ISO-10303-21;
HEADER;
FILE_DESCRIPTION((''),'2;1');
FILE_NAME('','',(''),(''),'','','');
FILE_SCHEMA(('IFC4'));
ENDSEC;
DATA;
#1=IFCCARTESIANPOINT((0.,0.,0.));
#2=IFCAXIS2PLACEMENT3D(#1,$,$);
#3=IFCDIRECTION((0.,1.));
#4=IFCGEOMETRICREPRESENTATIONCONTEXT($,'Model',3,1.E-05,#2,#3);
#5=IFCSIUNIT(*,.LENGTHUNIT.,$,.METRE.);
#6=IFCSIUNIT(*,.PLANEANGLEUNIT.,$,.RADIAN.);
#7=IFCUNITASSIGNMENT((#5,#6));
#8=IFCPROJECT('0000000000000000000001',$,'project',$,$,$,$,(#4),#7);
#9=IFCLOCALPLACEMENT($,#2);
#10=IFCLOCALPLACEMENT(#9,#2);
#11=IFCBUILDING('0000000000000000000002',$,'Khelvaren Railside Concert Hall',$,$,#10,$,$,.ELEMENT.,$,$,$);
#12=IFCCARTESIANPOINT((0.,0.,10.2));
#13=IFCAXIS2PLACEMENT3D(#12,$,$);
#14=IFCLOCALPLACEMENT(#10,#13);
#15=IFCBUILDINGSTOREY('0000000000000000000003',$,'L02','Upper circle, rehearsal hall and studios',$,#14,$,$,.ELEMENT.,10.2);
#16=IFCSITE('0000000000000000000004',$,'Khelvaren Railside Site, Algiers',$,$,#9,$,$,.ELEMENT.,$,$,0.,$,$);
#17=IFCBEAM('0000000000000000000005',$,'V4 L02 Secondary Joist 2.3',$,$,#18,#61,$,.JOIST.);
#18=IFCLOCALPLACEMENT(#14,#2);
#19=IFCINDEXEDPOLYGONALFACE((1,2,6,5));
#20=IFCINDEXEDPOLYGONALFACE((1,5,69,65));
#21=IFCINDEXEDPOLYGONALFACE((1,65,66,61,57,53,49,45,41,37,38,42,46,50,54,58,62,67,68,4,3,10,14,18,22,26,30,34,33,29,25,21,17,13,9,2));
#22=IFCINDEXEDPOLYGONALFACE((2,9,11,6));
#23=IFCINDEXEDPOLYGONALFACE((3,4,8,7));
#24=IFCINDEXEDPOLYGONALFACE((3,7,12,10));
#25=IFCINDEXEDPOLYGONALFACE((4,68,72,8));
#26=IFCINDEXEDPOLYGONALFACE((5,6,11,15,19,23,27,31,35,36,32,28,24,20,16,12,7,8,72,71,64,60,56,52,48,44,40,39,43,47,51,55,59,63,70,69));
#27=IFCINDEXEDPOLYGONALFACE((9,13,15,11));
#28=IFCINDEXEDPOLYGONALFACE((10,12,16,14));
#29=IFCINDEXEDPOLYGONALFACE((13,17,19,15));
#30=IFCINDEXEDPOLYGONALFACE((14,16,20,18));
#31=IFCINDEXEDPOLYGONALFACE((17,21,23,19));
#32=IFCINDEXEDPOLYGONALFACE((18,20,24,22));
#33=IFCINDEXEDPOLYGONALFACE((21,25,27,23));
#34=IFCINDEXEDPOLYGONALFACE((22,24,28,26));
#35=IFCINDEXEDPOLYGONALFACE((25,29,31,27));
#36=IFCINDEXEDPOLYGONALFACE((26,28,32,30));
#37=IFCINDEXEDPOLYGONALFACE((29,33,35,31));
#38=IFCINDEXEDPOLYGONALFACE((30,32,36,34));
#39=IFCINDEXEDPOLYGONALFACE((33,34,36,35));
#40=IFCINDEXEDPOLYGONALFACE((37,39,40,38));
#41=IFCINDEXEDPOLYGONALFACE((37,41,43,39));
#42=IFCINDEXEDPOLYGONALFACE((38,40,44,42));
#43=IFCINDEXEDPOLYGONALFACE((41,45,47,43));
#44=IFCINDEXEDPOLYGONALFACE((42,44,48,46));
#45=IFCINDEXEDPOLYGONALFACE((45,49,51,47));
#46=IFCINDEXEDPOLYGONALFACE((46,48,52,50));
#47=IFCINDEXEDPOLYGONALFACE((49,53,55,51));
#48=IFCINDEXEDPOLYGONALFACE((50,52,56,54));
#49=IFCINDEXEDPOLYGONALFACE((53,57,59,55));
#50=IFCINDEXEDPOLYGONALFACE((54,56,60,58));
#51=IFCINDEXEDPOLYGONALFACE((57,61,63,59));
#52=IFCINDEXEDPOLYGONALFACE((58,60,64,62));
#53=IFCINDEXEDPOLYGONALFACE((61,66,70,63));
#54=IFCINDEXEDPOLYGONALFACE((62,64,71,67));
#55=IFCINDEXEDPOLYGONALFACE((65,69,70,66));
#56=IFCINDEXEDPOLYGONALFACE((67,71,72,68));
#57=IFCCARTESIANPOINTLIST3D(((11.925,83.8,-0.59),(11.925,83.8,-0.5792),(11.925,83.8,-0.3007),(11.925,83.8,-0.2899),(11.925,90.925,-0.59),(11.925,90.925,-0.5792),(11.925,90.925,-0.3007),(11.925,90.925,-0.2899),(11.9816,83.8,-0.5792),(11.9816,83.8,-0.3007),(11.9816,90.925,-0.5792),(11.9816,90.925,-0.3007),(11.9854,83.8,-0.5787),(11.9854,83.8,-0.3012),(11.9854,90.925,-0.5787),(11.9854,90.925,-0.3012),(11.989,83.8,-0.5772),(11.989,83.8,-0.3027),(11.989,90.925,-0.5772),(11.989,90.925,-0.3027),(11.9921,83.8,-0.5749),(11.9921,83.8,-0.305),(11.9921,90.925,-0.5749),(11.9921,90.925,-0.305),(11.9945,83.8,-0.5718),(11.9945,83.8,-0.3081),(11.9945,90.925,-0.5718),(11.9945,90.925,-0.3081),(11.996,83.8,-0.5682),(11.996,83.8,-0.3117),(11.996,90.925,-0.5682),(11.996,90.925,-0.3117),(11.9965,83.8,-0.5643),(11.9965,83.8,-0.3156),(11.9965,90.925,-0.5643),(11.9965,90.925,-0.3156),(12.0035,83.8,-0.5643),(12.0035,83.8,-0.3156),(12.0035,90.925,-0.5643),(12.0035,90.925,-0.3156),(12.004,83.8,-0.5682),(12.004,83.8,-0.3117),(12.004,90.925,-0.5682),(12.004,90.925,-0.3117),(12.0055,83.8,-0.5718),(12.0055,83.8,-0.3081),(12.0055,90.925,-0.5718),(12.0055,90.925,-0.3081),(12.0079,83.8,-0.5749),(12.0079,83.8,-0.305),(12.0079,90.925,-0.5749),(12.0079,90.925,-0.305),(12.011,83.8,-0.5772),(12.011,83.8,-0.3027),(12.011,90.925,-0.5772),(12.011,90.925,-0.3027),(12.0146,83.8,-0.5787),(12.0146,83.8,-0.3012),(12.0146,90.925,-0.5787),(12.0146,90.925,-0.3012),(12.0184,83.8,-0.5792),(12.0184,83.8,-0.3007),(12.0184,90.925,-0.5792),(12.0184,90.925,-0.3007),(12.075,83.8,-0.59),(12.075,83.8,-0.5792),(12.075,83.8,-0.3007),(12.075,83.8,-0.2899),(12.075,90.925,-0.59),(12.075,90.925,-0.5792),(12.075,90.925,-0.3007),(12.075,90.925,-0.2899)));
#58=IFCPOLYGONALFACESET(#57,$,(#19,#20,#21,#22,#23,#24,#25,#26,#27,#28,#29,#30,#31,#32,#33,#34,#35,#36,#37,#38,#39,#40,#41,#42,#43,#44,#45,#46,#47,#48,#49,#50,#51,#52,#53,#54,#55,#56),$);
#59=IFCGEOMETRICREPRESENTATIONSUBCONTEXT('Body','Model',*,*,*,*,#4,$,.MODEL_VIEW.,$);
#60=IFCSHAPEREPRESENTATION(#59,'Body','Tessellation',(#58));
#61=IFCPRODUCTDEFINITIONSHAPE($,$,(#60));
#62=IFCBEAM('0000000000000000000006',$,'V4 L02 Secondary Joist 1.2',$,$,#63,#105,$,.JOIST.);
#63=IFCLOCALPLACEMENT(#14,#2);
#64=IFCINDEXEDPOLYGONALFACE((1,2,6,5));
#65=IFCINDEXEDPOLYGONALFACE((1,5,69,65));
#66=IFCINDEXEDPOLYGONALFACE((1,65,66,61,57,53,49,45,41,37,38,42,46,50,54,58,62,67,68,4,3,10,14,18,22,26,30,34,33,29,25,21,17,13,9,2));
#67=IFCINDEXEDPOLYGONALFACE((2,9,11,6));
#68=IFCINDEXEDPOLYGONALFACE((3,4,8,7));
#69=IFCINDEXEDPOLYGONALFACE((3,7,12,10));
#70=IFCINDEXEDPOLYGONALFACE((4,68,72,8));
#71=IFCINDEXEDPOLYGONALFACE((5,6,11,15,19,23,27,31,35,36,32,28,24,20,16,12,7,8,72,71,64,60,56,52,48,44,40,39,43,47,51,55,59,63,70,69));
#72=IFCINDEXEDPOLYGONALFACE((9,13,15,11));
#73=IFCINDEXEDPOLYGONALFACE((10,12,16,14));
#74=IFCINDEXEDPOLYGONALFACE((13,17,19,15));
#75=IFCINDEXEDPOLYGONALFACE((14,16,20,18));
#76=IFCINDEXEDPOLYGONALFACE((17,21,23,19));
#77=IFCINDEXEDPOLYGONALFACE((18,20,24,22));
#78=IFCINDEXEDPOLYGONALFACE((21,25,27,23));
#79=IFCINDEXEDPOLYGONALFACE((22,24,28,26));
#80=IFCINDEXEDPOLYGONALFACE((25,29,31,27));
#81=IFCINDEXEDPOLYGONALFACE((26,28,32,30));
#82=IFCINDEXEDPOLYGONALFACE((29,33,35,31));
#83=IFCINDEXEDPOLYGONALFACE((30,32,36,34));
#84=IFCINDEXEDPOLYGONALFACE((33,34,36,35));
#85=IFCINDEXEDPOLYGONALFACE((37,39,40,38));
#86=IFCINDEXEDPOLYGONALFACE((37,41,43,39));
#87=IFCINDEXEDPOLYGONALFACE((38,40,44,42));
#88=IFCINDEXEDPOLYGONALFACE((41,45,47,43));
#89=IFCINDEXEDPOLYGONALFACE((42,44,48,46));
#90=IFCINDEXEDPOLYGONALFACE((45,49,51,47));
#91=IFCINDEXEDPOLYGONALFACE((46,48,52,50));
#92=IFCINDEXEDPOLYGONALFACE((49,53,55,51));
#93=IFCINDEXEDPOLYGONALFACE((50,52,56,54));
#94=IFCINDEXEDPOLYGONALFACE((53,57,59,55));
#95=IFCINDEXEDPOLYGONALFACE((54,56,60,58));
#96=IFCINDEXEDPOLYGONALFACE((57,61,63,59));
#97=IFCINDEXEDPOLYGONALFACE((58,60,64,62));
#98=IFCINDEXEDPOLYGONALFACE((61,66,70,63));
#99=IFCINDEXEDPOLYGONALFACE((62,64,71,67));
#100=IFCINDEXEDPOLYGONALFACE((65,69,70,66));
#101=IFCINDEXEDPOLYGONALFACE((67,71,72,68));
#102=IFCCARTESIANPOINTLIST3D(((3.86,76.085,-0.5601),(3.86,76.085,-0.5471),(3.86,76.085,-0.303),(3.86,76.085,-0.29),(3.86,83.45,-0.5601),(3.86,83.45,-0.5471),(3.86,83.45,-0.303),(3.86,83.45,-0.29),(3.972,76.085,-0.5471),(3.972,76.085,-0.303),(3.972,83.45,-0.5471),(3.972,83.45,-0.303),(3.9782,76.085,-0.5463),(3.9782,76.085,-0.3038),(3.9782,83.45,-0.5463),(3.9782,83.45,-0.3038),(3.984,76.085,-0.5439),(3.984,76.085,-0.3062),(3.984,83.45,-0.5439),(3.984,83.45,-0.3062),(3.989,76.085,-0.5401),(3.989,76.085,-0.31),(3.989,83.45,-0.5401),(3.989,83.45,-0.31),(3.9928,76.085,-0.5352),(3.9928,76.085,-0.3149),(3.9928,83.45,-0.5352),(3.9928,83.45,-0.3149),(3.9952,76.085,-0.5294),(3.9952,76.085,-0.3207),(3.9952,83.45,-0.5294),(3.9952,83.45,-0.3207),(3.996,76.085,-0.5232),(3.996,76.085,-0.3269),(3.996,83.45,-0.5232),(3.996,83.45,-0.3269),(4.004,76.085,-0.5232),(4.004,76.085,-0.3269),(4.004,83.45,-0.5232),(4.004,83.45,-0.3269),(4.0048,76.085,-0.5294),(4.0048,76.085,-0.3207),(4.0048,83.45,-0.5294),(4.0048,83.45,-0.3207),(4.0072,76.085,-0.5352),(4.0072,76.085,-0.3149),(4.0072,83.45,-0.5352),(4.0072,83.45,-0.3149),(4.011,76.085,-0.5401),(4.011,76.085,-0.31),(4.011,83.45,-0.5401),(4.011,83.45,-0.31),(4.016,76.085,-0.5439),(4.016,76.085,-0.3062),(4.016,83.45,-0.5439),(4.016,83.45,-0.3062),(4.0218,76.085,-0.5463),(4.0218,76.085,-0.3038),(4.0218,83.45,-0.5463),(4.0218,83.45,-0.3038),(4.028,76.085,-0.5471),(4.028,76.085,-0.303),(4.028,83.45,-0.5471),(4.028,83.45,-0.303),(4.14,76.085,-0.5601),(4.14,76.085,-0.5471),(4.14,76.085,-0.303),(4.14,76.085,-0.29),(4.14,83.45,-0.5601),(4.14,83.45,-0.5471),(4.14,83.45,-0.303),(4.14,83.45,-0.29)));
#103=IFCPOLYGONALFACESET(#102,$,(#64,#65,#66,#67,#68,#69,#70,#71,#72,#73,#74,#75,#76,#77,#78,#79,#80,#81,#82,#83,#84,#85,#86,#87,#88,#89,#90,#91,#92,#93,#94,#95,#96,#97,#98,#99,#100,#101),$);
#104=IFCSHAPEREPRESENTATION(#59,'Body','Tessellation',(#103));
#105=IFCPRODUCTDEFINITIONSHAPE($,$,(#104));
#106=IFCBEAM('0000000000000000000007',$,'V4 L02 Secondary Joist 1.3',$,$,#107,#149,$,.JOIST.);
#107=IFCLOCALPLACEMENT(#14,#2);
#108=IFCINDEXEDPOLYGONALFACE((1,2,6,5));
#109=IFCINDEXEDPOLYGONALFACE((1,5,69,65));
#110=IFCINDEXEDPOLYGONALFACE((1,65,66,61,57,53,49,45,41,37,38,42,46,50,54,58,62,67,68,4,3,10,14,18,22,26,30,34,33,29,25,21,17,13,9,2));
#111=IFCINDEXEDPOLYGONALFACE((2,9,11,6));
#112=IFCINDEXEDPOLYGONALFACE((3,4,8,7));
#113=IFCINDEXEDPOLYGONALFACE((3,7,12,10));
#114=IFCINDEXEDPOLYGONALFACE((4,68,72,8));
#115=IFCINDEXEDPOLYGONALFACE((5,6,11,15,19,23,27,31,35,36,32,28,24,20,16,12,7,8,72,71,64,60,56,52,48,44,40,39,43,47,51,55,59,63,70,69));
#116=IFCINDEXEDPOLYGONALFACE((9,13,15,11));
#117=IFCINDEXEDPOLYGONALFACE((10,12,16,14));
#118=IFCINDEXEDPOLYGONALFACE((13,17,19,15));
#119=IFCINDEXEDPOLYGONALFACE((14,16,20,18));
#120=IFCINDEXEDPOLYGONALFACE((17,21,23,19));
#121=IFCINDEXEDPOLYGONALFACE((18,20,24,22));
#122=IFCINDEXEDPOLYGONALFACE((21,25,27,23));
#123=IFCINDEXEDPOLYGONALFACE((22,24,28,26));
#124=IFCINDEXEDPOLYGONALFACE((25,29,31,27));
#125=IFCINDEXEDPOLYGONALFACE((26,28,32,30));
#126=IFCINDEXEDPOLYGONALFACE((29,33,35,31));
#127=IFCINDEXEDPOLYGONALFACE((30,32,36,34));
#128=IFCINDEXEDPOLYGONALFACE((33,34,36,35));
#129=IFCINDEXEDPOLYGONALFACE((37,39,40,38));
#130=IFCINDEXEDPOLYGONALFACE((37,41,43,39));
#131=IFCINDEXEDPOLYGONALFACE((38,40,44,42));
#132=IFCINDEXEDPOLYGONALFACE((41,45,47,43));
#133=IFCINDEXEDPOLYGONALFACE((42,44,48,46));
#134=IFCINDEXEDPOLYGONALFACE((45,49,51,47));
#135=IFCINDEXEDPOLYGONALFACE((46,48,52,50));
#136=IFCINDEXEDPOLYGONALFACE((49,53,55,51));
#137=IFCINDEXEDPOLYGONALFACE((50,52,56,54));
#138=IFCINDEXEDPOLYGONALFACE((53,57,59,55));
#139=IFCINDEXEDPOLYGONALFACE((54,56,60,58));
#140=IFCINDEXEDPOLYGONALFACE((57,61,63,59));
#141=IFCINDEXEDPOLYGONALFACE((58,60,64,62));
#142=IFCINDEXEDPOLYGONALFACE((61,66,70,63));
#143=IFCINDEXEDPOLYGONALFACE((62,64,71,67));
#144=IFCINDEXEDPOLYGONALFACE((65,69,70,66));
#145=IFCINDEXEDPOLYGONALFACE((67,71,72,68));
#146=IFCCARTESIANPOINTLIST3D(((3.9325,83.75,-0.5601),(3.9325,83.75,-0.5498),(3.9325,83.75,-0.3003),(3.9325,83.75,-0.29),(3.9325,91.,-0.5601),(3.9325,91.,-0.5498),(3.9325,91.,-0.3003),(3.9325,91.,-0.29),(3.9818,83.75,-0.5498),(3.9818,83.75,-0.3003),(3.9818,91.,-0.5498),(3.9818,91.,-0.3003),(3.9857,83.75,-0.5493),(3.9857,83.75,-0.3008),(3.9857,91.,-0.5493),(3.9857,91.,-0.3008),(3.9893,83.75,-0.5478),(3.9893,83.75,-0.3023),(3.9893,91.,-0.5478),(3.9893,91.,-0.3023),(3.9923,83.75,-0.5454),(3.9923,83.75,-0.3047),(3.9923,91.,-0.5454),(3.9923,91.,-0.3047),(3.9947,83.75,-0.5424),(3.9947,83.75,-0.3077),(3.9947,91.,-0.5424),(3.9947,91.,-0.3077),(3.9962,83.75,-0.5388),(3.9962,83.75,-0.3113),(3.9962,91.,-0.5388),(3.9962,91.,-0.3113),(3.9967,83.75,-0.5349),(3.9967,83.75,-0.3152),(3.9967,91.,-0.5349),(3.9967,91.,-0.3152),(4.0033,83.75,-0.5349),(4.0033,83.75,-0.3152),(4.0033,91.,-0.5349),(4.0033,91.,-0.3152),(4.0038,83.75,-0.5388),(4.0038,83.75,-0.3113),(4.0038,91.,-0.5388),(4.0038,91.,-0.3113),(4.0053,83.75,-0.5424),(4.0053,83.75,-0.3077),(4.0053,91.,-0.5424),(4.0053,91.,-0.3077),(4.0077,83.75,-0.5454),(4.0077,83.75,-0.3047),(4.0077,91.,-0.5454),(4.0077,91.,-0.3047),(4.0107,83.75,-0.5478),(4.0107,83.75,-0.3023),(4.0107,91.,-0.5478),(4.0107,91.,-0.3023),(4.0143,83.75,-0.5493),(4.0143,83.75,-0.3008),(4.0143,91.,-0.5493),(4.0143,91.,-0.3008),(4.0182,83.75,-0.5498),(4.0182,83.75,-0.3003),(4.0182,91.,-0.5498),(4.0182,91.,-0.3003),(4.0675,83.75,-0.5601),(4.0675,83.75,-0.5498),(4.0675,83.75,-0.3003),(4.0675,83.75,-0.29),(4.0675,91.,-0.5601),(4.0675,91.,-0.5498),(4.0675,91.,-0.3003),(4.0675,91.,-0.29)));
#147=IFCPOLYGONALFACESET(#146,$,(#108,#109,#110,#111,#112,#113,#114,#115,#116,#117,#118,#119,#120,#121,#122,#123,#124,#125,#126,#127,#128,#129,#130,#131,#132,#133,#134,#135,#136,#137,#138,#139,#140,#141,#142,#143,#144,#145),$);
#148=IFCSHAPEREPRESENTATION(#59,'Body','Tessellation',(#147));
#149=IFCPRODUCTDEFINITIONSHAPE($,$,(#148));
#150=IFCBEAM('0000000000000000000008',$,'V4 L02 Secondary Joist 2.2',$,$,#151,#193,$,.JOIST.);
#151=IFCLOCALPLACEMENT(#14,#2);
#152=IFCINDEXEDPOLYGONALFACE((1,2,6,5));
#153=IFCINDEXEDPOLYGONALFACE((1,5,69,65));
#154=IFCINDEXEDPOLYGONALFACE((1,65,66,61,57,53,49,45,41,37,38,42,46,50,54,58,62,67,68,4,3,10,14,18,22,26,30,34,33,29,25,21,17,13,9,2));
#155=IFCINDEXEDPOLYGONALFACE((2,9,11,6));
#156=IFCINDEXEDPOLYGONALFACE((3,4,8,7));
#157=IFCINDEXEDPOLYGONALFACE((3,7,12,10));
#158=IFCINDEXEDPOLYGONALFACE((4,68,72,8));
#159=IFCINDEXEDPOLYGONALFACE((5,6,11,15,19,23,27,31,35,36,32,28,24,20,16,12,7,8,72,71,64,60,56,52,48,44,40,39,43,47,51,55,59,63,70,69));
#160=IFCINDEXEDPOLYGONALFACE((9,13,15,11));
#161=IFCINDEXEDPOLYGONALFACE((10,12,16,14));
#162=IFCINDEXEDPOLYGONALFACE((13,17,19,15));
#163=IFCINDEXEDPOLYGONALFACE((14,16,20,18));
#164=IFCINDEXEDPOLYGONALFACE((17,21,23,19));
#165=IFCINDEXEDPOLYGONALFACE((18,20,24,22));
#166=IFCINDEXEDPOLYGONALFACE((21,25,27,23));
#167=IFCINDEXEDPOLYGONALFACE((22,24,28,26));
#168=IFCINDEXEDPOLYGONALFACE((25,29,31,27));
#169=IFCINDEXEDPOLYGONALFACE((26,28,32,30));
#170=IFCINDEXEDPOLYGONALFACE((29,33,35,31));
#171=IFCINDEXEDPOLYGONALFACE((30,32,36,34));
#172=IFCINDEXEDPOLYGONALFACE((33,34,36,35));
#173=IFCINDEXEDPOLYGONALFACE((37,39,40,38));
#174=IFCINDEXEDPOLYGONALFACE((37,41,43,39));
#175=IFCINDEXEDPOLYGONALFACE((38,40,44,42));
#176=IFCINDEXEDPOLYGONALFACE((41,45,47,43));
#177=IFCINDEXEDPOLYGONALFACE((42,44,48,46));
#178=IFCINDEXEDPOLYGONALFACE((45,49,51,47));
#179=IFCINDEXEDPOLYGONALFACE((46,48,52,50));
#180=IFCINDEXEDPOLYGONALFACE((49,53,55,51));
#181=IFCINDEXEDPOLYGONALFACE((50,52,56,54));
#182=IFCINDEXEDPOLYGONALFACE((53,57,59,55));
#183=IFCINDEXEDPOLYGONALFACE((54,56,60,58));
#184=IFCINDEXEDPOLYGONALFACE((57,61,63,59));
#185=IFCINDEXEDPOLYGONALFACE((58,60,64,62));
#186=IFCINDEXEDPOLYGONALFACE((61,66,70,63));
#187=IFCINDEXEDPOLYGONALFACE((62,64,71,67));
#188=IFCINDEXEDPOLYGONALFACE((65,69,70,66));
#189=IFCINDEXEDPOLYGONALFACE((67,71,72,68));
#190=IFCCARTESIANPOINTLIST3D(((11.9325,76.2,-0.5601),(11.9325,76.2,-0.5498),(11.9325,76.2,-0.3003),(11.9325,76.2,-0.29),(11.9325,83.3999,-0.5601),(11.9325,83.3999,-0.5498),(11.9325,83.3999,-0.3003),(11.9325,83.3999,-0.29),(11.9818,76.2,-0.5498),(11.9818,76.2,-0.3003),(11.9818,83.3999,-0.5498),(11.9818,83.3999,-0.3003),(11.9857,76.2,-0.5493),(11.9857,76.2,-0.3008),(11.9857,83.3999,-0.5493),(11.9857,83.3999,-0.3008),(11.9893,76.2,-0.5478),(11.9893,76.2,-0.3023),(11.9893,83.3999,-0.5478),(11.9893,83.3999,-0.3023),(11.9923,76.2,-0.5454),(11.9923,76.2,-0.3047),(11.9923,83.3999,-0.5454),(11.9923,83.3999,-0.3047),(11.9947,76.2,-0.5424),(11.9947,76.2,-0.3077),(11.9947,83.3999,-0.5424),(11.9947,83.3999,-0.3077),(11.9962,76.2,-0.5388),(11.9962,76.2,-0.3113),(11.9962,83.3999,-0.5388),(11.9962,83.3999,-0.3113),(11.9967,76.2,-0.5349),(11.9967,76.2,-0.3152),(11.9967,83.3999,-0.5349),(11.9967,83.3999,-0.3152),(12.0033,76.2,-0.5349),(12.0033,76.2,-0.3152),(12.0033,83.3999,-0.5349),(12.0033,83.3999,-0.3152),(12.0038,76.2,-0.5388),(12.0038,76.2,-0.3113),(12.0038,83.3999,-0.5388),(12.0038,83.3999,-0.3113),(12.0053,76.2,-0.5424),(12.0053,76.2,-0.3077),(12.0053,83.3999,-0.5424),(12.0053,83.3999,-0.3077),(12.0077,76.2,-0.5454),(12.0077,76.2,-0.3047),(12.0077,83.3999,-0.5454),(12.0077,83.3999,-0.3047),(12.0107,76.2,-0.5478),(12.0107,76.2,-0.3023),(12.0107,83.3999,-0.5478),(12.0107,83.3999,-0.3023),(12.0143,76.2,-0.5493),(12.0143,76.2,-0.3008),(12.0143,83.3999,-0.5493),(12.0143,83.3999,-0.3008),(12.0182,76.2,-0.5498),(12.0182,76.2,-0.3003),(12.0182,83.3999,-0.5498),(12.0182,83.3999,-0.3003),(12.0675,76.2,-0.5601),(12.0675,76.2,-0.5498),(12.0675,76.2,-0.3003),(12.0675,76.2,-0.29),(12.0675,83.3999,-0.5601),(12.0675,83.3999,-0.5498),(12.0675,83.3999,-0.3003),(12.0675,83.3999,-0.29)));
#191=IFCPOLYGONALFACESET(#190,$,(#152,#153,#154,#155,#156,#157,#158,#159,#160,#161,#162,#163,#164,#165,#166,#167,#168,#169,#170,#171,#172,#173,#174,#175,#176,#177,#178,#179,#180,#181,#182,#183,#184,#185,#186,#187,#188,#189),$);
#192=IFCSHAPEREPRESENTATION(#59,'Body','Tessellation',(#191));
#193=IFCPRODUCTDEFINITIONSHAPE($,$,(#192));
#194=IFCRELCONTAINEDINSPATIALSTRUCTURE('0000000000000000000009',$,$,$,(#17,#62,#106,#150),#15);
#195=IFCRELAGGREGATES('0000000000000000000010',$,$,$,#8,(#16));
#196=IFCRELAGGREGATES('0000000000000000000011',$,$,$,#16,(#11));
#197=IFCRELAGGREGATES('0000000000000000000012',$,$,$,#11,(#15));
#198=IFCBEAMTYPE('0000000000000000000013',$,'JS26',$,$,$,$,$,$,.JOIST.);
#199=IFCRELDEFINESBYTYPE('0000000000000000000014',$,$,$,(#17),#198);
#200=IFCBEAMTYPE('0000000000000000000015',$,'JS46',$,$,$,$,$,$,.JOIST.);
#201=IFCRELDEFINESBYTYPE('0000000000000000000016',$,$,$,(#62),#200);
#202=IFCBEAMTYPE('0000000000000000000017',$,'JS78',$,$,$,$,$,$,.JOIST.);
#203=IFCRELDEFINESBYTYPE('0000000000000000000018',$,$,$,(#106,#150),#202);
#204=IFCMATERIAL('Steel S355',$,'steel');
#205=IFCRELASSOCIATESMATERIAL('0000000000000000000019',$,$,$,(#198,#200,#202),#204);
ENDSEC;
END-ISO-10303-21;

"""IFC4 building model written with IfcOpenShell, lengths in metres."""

from ifc_helpers import new_model, si_unit, direction, frame, origin, origin_2d, place, context, subcontext, project, spatial, i_section, extrude, material, material_profile, profile_set, type_object, element, save


model = new_model("IFC4")

# Units and contexts
model_context = context("Model", 3, precision=1e-05, world=origin(), true_north=direction((0.0, 1.0)))
body_context = subcontext(model_context, "Body", "Model", "MODEL_VIEW")
ifc_project = project(units=[si_unit("LENGTHUNIT", "METRE"), si_unit("PLANEANGLEUNIT", "RADIAN")], contexts=[model_context])

# Site, building, storey
site_placement = place(None, origin())
site = spatial("IfcSite", under=ifc_project, at=site_placement, Name="Khelvaren Railside Site, Algiers", CompositionType="ELEMENT", RefElevation=0.0)
building_placement = place(site_placement, origin())
building = spatial("IfcBuilding", under=site, at=building_placement, Name="Khelvaren Railside Concert Hall", CompositionType="ELEMENT")
storey_placement = place(building_placement, frame((0.0, 0.0, 10.2)))
storey = spatial("IfcBuildingStorey", under=building, at=storey_placement, Name="L02", Description="Upper circle, rehearsal hall and studios", CompositionType="ELEMENT", Elevation=10.2)

# Beams
ifc_material_1 = material(Name="Steel S355", Category="steel")
ifc_material_profile_1 = material_profile(ifc_material_1, i_section(OverallWidth=0.1499, OverallDepth=0.3, WebThickness=0.0071, FlangeThickness=0.0107, FilletRadius=0.0149, at=origin_2d()), Name="IPE 300")
ifc_profile_set_1 = profile_set([ifc_material_profile_1], Name="Steel S355")
beam_type_1 = type_object("IfcBeamType", Name="JS26", PredefinedType="JOIST", material=ifc_profile_set_1)
beam_1_placement = place(storey_placement, frame((12.0, 83.8, -0.4399), z_axis=(0.0, 1.0, 0.0), x_axis=(-1.0, 0.0, 0.0)))
element("IfcBeam", 1, at=beam_1_placement, inside=storey, type_object=beam_type_1, Name="V4 L02 Secondary Joist 2.3", PredefinedType="JOIST", context=body_context, shape_type="SweptSolid", body=[
    extrude(i_section(OverallWidth=0.1499, OverallDepth=0.3, WebThickness=0.0071, FlangeThickness=0.0107, FilletRadius=0.0149, at=origin_2d()), origin(), (0.0, 0.0, 1.0), 7.125),
])
ifc_material_profile_2 = material_profile(ifc_material_1, i_section(OverallWidth=0.28, OverallDepth=0.27, WebThickness=0.0081, FlangeThickness=0.0129, FilletRadius=0.0239, at=origin_2d()), Name="HEA 280")
ifc_profile_set_2 = profile_set([ifc_material_profile_2], Name="Steel S355")
beam_type_2 = type_object("IfcBeamType", Name="JS46", PredefinedType="JOIST", material=ifc_profile_set_2)
beam_2_placement = place(storey_placement, frame((4.0, 76.085, -0.425), z_axis=(0.0, 1.0, 0.0), x_axis=(-1.0, 0.0, 0.0)))
element("IfcBeam", 2, at=beam_2_placement, inside=storey, type_object=beam_type_2, Name="V4 L02 Secondary Joist 1.2", PredefinedType="JOIST", context=body_context, shape_type="SweptSolid", body=[
    extrude(i_section(OverallWidth=0.28, OverallDepth=0.27, WebThickness=0.0081, FlangeThickness=0.0129, FilletRadius=0.0239, at=origin_2d()), origin(), (0.0, 0.0, 1.0), 7.365),
])
ifc_material_profile_3 = material_profile(ifc_material_1, i_section(OverallWidth=0.135, OverallDepth=0.27, WebThickness=0.0066, FlangeThickness=0.0103, FilletRadius=0.0149, at=origin_2d()), Name="IPE 270")
ifc_profile_set_3 = profile_set([ifc_material_profile_3], Name="Steel S355")
beam_type_3 = type_object("IfcBeamType", Name="JS78", PredefinedType="JOIST", material=ifc_profile_set_3)
beam_3_placement = place(storey_placement, frame((4.0, 83.75, -0.425), z_axis=(0.0, 1.0, 0.0), x_axis=(-1.0, 0.0, 0.0)))
element("IfcBeam", 3, at=beam_3_placement, inside=storey, type_object=beam_type_3, Name="V4 L02 Secondary Joist 1.3", PredefinedType="JOIST", context=body_context, shape_type="SweptSolid", body=[
    extrude(i_section(OverallWidth=0.135, OverallDepth=0.27, WebThickness=0.0066, FlangeThickness=0.0103, FilletRadius=0.0149, at=origin_2d()), origin(), (0.0, 0.0, 1.0), 7.25),
])
beam_4_placement = place(storey_placement, frame((12.0, 76.2, -0.425), z_axis=(0.0, 1.0, 0.0), x_axis=(-1.0, 0.0, 0.0)))
element("IfcBeam", 4, at=beam_4_placement, inside=storey, type_object=beam_type_3, Name="V4 L02 Secondary Joist 2.2", PredefinedType="JOIST", context=body_context, shape_type="SweptSolid", body=[
    extrude(i_section(OverallWidth=0.135, OverallDepth=0.27, WebThickness=0.0066, FlangeThickness=0.0103, FilletRadius=0.0149, at=origin_2d()), origin(), (0.0, 0.0, 1.0), 7.2),
])

save(model, "model.ifc")
